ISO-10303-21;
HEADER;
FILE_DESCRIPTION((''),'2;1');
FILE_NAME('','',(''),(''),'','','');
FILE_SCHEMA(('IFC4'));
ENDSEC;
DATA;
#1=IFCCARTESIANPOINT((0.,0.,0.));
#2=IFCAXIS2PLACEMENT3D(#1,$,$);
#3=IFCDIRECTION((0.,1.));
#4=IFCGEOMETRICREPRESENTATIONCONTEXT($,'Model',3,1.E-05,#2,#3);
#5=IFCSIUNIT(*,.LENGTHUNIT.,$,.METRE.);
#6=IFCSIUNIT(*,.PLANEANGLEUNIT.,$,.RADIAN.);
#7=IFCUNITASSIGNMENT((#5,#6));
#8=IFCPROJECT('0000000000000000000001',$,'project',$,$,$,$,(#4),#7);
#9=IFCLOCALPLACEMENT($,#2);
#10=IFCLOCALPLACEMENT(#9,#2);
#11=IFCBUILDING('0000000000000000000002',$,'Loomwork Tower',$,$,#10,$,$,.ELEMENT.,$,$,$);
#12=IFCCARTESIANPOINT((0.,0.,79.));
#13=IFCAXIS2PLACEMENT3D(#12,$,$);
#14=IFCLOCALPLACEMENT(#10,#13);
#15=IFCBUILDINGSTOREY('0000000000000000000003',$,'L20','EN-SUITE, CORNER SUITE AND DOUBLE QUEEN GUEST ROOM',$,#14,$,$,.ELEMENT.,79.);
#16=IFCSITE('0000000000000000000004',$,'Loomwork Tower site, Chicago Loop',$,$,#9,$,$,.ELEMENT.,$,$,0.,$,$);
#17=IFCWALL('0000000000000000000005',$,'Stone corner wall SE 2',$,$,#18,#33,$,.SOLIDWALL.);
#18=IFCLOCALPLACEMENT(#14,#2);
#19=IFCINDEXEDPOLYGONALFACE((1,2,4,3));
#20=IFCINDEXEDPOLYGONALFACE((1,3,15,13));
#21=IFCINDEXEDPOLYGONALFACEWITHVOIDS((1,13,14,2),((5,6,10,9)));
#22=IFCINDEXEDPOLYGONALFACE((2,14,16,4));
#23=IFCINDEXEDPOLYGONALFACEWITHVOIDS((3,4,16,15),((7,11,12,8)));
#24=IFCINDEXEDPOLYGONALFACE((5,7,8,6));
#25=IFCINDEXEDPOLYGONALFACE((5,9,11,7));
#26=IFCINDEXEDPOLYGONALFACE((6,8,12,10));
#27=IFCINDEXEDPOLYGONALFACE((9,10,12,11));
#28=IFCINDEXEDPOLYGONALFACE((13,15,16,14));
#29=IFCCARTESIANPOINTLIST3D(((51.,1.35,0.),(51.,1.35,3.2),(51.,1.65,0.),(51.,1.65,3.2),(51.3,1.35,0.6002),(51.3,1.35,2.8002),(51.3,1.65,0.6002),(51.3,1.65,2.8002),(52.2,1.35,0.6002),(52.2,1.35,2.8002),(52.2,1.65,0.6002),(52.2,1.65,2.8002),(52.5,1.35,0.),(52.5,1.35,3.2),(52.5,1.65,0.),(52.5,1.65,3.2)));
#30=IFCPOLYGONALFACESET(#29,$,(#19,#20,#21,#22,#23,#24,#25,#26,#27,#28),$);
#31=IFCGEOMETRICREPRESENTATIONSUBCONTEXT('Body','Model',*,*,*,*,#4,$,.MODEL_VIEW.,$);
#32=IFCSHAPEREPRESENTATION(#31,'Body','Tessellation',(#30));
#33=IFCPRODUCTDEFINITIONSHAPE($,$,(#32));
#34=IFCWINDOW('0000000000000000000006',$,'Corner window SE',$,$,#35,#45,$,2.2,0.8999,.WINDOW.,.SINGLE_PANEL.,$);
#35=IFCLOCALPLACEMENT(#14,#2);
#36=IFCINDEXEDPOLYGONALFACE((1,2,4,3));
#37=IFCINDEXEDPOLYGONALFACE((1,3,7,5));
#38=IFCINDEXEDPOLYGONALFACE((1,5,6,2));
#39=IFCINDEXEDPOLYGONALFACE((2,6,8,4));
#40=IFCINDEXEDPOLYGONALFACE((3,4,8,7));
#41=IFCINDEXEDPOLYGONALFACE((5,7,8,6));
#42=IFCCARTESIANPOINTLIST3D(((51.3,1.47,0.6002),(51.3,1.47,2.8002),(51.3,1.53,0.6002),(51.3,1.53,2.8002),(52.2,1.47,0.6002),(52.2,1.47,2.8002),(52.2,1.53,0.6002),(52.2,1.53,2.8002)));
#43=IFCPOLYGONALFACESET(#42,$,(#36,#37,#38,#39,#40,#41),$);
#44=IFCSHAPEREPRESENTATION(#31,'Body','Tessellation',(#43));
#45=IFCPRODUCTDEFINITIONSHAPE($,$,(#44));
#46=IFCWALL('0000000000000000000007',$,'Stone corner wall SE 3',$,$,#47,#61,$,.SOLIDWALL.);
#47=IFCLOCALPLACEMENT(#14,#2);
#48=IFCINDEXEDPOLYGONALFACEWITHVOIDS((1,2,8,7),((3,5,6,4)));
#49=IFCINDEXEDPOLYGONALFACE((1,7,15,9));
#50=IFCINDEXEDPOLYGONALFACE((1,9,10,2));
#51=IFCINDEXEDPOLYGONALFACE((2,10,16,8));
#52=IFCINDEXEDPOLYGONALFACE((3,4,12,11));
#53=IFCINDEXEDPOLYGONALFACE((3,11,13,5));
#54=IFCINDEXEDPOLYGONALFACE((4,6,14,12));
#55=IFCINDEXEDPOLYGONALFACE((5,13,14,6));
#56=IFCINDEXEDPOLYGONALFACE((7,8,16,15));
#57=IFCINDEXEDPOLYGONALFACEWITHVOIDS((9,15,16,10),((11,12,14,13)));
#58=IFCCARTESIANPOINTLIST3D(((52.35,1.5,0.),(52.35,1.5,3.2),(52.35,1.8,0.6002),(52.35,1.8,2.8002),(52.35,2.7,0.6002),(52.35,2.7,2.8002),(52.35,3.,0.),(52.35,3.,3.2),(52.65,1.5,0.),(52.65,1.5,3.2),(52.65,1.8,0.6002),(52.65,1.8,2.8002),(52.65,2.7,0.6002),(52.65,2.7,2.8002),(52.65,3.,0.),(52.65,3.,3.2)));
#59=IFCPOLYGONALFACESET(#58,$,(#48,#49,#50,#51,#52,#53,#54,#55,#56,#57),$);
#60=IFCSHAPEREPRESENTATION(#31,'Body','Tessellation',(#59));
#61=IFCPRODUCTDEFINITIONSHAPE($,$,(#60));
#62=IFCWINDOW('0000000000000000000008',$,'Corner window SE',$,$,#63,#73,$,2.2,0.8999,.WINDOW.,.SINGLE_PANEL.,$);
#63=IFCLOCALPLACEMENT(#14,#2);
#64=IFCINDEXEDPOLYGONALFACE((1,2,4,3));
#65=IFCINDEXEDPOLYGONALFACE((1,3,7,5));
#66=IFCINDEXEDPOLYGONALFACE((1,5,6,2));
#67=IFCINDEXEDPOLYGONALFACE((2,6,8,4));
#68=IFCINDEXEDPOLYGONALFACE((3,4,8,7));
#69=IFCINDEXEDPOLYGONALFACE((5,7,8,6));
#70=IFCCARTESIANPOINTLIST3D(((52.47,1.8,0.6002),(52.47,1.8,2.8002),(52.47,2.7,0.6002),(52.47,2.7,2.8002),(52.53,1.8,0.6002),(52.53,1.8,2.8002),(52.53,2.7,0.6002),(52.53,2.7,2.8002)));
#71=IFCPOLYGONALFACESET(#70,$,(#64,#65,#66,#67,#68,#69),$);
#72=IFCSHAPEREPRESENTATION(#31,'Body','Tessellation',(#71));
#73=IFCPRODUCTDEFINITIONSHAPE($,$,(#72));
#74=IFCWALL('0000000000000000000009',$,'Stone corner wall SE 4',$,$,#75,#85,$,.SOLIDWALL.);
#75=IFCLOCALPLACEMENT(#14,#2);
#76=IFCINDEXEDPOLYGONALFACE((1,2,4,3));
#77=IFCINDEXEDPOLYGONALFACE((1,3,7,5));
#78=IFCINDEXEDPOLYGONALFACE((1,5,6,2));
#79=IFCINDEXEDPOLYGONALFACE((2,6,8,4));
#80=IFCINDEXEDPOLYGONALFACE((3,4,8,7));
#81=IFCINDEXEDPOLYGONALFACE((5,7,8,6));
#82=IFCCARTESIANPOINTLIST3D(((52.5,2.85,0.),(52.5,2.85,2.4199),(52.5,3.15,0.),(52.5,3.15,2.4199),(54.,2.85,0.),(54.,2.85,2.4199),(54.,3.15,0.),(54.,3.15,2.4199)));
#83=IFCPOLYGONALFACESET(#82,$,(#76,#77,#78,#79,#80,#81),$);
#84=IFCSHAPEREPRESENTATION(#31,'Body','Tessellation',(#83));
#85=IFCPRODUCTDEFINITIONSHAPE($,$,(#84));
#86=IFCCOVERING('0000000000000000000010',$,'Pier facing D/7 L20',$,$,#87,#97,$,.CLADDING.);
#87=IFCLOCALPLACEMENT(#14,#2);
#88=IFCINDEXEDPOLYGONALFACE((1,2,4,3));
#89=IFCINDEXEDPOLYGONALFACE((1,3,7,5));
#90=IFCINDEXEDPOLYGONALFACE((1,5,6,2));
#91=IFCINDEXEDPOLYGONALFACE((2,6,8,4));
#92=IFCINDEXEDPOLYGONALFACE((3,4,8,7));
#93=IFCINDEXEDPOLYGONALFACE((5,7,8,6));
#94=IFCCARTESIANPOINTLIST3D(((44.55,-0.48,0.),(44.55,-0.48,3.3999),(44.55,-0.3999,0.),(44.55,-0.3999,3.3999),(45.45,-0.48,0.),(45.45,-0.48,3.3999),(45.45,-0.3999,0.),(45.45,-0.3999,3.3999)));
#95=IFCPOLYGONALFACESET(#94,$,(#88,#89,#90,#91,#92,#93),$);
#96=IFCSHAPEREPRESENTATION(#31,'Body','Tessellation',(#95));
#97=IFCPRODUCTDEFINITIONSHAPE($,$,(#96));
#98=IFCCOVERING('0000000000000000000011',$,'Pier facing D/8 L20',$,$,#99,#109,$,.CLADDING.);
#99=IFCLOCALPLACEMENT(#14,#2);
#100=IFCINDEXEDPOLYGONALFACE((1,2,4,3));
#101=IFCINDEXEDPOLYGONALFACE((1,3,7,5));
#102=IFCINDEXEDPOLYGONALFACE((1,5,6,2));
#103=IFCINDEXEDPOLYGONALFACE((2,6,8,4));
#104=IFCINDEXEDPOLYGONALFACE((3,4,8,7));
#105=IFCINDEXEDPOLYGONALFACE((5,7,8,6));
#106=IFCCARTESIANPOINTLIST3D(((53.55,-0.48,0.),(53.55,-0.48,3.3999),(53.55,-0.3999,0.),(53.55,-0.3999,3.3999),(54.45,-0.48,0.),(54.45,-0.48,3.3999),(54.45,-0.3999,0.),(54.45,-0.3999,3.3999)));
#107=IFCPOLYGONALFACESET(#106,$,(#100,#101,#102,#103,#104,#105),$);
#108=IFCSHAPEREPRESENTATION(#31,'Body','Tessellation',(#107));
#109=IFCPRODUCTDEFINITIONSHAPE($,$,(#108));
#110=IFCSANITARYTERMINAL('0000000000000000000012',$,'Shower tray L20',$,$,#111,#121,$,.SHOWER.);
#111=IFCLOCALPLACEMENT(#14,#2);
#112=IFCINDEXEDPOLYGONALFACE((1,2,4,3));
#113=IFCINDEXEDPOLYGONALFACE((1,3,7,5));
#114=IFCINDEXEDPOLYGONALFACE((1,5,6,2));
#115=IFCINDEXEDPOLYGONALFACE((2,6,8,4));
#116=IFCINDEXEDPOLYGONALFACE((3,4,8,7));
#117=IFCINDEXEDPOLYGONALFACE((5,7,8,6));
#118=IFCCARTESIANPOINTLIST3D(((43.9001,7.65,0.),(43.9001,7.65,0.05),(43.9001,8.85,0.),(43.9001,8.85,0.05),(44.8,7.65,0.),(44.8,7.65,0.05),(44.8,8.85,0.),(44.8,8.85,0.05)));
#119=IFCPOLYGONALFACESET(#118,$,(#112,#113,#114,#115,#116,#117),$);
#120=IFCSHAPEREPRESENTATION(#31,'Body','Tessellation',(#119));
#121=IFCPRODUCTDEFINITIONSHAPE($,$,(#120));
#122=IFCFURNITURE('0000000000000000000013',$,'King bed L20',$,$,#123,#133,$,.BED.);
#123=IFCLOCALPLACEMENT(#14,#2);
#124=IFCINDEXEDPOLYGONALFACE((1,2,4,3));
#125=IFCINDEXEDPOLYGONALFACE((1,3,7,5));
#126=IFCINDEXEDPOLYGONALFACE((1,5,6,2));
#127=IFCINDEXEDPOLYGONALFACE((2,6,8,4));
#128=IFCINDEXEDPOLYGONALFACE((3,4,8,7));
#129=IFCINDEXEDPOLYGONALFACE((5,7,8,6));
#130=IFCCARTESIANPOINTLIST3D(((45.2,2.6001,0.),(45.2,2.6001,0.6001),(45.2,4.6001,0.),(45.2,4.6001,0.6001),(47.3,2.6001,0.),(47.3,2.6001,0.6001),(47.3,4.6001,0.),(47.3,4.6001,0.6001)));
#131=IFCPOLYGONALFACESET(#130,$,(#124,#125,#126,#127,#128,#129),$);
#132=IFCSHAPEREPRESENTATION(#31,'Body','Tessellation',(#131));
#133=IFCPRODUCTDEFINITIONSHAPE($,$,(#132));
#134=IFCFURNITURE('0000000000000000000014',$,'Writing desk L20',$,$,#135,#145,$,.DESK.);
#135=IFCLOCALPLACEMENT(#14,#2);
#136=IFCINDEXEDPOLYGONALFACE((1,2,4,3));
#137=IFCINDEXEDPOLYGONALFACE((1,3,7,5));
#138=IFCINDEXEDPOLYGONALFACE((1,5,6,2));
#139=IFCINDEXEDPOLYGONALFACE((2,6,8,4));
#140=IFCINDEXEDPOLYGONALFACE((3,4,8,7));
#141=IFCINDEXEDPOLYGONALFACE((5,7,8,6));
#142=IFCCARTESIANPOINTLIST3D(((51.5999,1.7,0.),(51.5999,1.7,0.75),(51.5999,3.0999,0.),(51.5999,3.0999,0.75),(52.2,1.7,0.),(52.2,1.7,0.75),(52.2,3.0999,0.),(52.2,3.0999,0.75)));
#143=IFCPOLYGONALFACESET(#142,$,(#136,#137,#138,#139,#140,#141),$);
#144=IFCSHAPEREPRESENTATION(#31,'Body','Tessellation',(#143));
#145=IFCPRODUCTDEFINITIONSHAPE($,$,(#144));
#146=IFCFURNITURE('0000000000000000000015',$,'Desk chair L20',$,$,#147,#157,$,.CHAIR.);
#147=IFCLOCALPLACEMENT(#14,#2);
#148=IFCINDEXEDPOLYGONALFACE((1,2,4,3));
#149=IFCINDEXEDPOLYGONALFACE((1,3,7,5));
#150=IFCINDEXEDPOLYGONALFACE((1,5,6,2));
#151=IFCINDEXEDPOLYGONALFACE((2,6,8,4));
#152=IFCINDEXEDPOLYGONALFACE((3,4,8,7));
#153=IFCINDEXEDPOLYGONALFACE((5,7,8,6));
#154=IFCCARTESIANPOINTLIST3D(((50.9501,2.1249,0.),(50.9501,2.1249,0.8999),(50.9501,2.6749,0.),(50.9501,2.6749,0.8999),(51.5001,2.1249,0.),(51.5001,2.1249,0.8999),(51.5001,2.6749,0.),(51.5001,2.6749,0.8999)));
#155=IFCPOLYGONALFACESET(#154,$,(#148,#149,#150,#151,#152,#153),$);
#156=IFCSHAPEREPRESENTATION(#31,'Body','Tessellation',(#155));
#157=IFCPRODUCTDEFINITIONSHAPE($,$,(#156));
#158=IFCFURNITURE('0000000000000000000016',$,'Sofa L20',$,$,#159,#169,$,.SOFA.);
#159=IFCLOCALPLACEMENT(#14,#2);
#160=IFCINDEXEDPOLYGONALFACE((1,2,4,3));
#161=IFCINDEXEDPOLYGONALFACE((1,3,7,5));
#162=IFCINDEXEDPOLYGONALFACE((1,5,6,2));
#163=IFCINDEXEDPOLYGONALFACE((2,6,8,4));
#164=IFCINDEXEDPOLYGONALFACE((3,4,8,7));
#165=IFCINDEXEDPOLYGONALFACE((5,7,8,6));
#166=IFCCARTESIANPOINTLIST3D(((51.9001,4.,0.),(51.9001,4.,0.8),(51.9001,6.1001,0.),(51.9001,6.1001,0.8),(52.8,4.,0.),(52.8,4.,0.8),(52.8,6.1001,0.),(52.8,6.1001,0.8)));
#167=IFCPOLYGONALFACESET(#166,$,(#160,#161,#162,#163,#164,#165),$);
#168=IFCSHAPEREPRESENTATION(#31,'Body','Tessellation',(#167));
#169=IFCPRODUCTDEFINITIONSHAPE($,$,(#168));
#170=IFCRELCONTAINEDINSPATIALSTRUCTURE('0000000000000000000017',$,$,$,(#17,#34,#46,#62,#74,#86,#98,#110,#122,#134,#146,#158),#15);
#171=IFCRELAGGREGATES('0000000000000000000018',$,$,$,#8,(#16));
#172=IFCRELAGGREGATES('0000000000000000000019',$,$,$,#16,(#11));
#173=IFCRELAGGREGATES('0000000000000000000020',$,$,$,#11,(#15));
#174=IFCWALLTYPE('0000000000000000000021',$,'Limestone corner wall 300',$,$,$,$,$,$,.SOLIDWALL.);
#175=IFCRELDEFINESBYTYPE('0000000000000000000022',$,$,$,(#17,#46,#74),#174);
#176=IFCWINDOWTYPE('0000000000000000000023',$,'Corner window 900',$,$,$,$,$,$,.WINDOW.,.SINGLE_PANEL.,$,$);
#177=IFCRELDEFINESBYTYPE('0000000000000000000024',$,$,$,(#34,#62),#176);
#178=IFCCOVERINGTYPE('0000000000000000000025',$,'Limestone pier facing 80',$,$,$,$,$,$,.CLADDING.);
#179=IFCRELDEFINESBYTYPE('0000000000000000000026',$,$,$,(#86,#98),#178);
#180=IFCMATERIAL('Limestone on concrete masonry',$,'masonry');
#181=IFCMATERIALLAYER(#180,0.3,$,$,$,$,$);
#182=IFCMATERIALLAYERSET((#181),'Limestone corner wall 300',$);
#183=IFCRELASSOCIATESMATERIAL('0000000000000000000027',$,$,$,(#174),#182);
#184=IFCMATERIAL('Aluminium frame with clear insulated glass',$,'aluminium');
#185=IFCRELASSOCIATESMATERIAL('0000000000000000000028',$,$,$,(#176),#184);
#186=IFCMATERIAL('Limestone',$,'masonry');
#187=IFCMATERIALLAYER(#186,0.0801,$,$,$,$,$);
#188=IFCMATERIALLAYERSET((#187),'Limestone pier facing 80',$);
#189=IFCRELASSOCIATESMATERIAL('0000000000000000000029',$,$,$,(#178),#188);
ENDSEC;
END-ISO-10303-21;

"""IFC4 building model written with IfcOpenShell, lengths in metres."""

from ifc_helpers import new_model, si_unit, direction, frame, frame_2d, origin, origin_2d, place, context, subcontext, project, spatial, rectangle, extrude, material, layer, layer_set, type_object, element, fill, save


model = new_model("IFC4")

# Units and contexts
model_context = context("Model", 3, precision=1e-05, world=origin(), true_north=direction((0.0, 1.0)))
body_context = subcontext(model_context, "Body", "Model", "MODEL_VIEW")
ifc_project = project(units=[si_unit("LENGTHUNIT", "METRE"), si_unit("PLANEANGLEUNIT", "RADIAN")], contexts=[model_context])

# Site, building, storey
site_placement = place(None, origin())
site = spatial("IfcSite", under=ifc_project, at=site_placement, Name="Loomwork Tower site, Chicago Loop", CompositionType="ELEMENT", RefElevation=0.0)
building_placement = place(site_placement, origin())
building = spatial("IfcBuilding", under=site, at=building_placement, Name="Loomwork Tower", CompositionType="ELEMENT")
storey_placement = place(building_placement, frame((0.0, 0.0, 79.0)))
storey = spatial("IfcBuildingStorey", under=building, at=storey_placement, Name="L20", Description="EN-SUITE, CORNER SUITE AND DOUBLE QUEEN GUEST ROOM", CompositionType="ELEMENT", Elevation=79.0)

# Shared definitions
ifc_material_1 = material(Name="Limestone on concrete masonry", Category="masonry")
ifc_layer_1 = layer(ifc_material_1, 0.3)
ifc_layer_set_1 = layer_set([ifc_layer_1], Name="Limestone corner wall 300")
wall_type_1 = type_object("IfcWallType", Name="Limestone corner wall 300", PredefinedType="SOLIDWALL", material=ifc_layer_set_1)

# Walls, openings, windows
wall_1_placement = place(storey_placement, frame((51.0, 1.5, 0.0), z_axis=(0.0, 0.0, 1.0), x_axis=(1.0, 0.0, 0.0)))
wall_1 = element("IfcWall", 1, at=wall_1_placement, inside=storey, type_object=wall_type_1, Name="Stone corner wall SE 2", PredefinedType="SOLIDWALL", context=body_context, shape_type="SweptSolid", body=[
    extrude(rectangle(XDim=1.5, YDim=0.3, at=frame_2d((0.75, 0.0))), origin(), (0.0, 0.0, 1.0), 3.2),
])
opening_1_placement = place(wall_1_placement, frame((0.3, 0.0, 0.6001)))
opening_1 = element("IfcOpeningElement", 2, at=opening_1_placement, cuts=wall_1, PredefinedType="OPENING", context=body_context, shape_type="SweptSolid", body=[
    extrude(rectangle(XDim=0.8999, YDim=2.2, at=frame_2d((0.45, 1.1001))), frame((0.0, 0.1599, 0.0), z_axis=(0.0, -1.0, 0.0), x_axis=(1.0, 0.0, 0.0)), (0.0, 0.0, 1.0), 0.3201),
])
ifc_material_2 = material(Name="Aluminium frame with clear insulated glass", Category="aluminium")
window_type_1 = type_object("IfcWindowType", Name="Corner window 900", PartitioningType="SINGLE_PANEL", PredefinedType="WINDOW", material=ifc_material_2)
window_1_placement = place(opening_1_placement, origin())
window_1 = element("IfcWindow", 3, at=window_1_placement, inside=storey, type_object=window_type_1, Name="Corner window SE", OverallHeight=2.2, OverallWidth=0.8999, PartitioningType="SINGLE_PANEL", PredefinedType="WINDOW", context=body_context, shape_type="SweptSolid", body=[
    extrude(rectangle(XDim=0.8999, YDim=2.2, at=frame_2d((0.45, 1.1001))), frame((0.0, 0.03, 0.0), z_axis=(0.0, -1.0, 0.0), x_axis=(1.0, 0.0, 0.0)), (0.0, 0.0, 1.0), 0.0601),
])
fill(opening_1, window_1)
wall_2_placement = place(storey_placement, frame((52.5, 1.5, 0.0), z_axis=(0.0, 0.0, 1.0), x_axis=(0.0, 1.0, 0.0)))
wall_2 = element("IfcWall", 4, at=wall_2_placement, inside=storey, type_object=wall_type_1, Name="Stone corner wall SE 3", PredefinedType="SOLIDWALL", context=body_context, shape_type="SweptSolid", body=[
    extrude(rectangle(XDim=1.5, YDim=0.3, at=frame_2d((0.75, 0.0))), origin(), (0.0, 0.0, 1.0), 3.2),
])
opening_2_placement = place(wall_2_placement, frame((0.3, 0.0, 0.6001)))
opening_2 = element("IfcOpeningElement", 5, at=opening_2_placement, cuts=wall_2, PredefinedType="OPENING", context=body_context, shape_type="SweptSolid", body=[
    extrude(rectangle(XDim=0.8999, YDim=2.2, at=frame_2d((0.45, 1.1001))), frame((0.0, 0.1599, 0.0), z_axis=(0.0, -1.0, 0.0), x_axis=(1.0, 0.0, 0.0)), (0.0, 0.0, 1.0), 0.3201),
])
window_2_placement = place(opening_2_placement, origin())
window_2 = element("IfcWindow", 6, at=window_2_placement, inside=storey, type_object=window_type_1, Name="Corner window SE", OverallHeight=2.2, OverallWidth=0.8999, PartitioningType="SINGLE_PANEL", PredefinedType="WINDOW", context=body_context, shape_type="SweptSolid", body=[
    extrude(rectangle(XDim=0.8999, YDim=2.2, at=frame_2d((0.45, 1.1001))), frame((0.0, 0.03, 0.0), z_axis=(0.0, -1.0, 0.0), x_axis=(1.0, 0.0, 0.0)), (0.0, 0.0, 1.0), 0.0601),
])
fill(opening_2, window_2)

# Wall
wall_3_placement = place(storey_placement, frame((52.5, 3.0, 0.0), z_axis=(0.0, 0.0, 1.0), x_axis=(1.0, 0.0, 0.0)))
element("IfcWall", 7, at=wall_3_placement, inside=storey, type_object=wall_type_1, Name="Stone corner wall SE 4", PredefinedType="SOLIDWALL", context=body_context, shape_type="SweptSolid", body=[
    extrude(rectangle(XDim=1.5, YDim=0.3, at=frame_2d((0.75, 0.0))), origin(), (0.0, 0.0, 1.0), 2.4199),
])

# Coverings
ifc_material_3 = material(Name="Limestone", Category="masonry")
ifc_layer_2 = layer(ifc_material_3, 0.0801)
ifc_layer_set_2 = layer_set([ifc_layer_2], Name="Limestone pier facing 80")
covering_type = type_object("IfcCoveringType", Name="Limestone pier facing 80", PredefinedType="CLADDING", material=ifc_layer_set_2)
for number, where, z_axis, x_axis, name in (
    (8, (45.0, -0.4399, 0.0), (0.0, 0.0, 1.0), (1.0, 0.0, 0.0), "Pier facing D/7 L20"),
    (9, (54.0, -0.4399, 0.0), (0.0, 0.0, 1.0), (1.0, 0.0, 0.0), "Pier facing D/8 L20"),
):
    element("IfcCovering", number, at=place(storey_placement, frame(where, z_axis=z_axis, x_axis=x_axis)), inside=storey, type_object=covering_type, Name=name, PredefinedType="CLADDING", context=body_context, shape_type="SweptSolid", body=[
        extrude(rectangle(XDim=0.8999, YDim=0.0801, at=origin_2d()), origin(), (0.0, 0.0, 1.0), 3.3999),
    ])

# Sanitary terminal
sanitary_terminal_placement = place(storey_placement, frame((44.3501, 8.25, 0.0), z_axis=(0.0, 0.0, 1.0), x_axis=(1.0, 0.0, 0.0)))
element("IfcSanitaryTerminal", 10, at=sanitary_terminal_placement, inside=storey, Name="Shower tray L20", PredefinedType="SHOWER", context=body_context, shape_type="SweptSolid", body=[
    extrude(rectangle(XDim=0.8999, YDim=1.2, at=origin_2d()), origin(), (0.0, 0.0, 1.0), 0.05),
])

# Furniture
furniture_1_placement = place(storey_placement, frame((46.25, 3.6001, 0.0), z_axis=(0.0, 0.0, 1.0), x_axis=(1.0, 0.0, 0.0)))
element("IfcFurniture", 11, at=furniture_1_placement, inside=storey, Name="King bed L20", PredefinedType="BED", context=body_context, shape_type="SweptSolid", body=[
    extrude(rectangle(XDim=2.1001, YDim=2.0, at=origin_2d()), origin(), (0.0, 0.0, 1.0), 0.6001),
])
furniture_2_placement = place(storey_placement, frame((51.8999, 2.3999, 0.0), z_axis=(0.0, 0.0, 1.0), x_axis=(1.0, 0.0, 0.0)))
element("IfcFurniture", 12, at=furniture_2_placement, inside=storey, Name="Writing desk L20", PredefinedType="DESK", context=body_context, shape_type="SweptSolid", body=[
    extrude(rectangle(XDim=0.6001, YDim=1.3999, at=origin_2d()), origin(), (0.0, 0.0, 1.0), 0.75),
])
furniture_3_placement = place(storey_placement, frame((51.2251, 2.3999, 0.0), z_axis=(0.0, 0.0, 1.0), x_axis=(1.0, 0.0, 0.0)))
element("IfcFurniture", 13, at=furniture_3_placement, inside=storey, Name="Desk chair L20", PredefinedType="CHAIR", context=body_context, shape_type="SweptSolid", body=[
    extrude(rectangle(XDim=0.55, YDim=0.55, at=origin_2d()), origin(), (0.0, 0.0, 1.0), 0.8999),
])
furniture_4_placement = place(storey_placement, frame((52.3501, 5.05, 0.0), z_axis=(0.0, 0.0, 1.0), x_axis=(1.0, 0.0, 0.0)))
element("IfcFurniture", 14, at=furniture_4_placement, inside=storey, Name="Sofa L20", PredefinedType="SOFA", context=body_context, shape_type="SweptSolid", body=[
    extrude(rectangle(XDim=0.8999, YDim=2.1001, at=origin_2d()), origin(), (0.0, 0.0, 1.0), 0.8),
])

save(model, "model.ifc")
